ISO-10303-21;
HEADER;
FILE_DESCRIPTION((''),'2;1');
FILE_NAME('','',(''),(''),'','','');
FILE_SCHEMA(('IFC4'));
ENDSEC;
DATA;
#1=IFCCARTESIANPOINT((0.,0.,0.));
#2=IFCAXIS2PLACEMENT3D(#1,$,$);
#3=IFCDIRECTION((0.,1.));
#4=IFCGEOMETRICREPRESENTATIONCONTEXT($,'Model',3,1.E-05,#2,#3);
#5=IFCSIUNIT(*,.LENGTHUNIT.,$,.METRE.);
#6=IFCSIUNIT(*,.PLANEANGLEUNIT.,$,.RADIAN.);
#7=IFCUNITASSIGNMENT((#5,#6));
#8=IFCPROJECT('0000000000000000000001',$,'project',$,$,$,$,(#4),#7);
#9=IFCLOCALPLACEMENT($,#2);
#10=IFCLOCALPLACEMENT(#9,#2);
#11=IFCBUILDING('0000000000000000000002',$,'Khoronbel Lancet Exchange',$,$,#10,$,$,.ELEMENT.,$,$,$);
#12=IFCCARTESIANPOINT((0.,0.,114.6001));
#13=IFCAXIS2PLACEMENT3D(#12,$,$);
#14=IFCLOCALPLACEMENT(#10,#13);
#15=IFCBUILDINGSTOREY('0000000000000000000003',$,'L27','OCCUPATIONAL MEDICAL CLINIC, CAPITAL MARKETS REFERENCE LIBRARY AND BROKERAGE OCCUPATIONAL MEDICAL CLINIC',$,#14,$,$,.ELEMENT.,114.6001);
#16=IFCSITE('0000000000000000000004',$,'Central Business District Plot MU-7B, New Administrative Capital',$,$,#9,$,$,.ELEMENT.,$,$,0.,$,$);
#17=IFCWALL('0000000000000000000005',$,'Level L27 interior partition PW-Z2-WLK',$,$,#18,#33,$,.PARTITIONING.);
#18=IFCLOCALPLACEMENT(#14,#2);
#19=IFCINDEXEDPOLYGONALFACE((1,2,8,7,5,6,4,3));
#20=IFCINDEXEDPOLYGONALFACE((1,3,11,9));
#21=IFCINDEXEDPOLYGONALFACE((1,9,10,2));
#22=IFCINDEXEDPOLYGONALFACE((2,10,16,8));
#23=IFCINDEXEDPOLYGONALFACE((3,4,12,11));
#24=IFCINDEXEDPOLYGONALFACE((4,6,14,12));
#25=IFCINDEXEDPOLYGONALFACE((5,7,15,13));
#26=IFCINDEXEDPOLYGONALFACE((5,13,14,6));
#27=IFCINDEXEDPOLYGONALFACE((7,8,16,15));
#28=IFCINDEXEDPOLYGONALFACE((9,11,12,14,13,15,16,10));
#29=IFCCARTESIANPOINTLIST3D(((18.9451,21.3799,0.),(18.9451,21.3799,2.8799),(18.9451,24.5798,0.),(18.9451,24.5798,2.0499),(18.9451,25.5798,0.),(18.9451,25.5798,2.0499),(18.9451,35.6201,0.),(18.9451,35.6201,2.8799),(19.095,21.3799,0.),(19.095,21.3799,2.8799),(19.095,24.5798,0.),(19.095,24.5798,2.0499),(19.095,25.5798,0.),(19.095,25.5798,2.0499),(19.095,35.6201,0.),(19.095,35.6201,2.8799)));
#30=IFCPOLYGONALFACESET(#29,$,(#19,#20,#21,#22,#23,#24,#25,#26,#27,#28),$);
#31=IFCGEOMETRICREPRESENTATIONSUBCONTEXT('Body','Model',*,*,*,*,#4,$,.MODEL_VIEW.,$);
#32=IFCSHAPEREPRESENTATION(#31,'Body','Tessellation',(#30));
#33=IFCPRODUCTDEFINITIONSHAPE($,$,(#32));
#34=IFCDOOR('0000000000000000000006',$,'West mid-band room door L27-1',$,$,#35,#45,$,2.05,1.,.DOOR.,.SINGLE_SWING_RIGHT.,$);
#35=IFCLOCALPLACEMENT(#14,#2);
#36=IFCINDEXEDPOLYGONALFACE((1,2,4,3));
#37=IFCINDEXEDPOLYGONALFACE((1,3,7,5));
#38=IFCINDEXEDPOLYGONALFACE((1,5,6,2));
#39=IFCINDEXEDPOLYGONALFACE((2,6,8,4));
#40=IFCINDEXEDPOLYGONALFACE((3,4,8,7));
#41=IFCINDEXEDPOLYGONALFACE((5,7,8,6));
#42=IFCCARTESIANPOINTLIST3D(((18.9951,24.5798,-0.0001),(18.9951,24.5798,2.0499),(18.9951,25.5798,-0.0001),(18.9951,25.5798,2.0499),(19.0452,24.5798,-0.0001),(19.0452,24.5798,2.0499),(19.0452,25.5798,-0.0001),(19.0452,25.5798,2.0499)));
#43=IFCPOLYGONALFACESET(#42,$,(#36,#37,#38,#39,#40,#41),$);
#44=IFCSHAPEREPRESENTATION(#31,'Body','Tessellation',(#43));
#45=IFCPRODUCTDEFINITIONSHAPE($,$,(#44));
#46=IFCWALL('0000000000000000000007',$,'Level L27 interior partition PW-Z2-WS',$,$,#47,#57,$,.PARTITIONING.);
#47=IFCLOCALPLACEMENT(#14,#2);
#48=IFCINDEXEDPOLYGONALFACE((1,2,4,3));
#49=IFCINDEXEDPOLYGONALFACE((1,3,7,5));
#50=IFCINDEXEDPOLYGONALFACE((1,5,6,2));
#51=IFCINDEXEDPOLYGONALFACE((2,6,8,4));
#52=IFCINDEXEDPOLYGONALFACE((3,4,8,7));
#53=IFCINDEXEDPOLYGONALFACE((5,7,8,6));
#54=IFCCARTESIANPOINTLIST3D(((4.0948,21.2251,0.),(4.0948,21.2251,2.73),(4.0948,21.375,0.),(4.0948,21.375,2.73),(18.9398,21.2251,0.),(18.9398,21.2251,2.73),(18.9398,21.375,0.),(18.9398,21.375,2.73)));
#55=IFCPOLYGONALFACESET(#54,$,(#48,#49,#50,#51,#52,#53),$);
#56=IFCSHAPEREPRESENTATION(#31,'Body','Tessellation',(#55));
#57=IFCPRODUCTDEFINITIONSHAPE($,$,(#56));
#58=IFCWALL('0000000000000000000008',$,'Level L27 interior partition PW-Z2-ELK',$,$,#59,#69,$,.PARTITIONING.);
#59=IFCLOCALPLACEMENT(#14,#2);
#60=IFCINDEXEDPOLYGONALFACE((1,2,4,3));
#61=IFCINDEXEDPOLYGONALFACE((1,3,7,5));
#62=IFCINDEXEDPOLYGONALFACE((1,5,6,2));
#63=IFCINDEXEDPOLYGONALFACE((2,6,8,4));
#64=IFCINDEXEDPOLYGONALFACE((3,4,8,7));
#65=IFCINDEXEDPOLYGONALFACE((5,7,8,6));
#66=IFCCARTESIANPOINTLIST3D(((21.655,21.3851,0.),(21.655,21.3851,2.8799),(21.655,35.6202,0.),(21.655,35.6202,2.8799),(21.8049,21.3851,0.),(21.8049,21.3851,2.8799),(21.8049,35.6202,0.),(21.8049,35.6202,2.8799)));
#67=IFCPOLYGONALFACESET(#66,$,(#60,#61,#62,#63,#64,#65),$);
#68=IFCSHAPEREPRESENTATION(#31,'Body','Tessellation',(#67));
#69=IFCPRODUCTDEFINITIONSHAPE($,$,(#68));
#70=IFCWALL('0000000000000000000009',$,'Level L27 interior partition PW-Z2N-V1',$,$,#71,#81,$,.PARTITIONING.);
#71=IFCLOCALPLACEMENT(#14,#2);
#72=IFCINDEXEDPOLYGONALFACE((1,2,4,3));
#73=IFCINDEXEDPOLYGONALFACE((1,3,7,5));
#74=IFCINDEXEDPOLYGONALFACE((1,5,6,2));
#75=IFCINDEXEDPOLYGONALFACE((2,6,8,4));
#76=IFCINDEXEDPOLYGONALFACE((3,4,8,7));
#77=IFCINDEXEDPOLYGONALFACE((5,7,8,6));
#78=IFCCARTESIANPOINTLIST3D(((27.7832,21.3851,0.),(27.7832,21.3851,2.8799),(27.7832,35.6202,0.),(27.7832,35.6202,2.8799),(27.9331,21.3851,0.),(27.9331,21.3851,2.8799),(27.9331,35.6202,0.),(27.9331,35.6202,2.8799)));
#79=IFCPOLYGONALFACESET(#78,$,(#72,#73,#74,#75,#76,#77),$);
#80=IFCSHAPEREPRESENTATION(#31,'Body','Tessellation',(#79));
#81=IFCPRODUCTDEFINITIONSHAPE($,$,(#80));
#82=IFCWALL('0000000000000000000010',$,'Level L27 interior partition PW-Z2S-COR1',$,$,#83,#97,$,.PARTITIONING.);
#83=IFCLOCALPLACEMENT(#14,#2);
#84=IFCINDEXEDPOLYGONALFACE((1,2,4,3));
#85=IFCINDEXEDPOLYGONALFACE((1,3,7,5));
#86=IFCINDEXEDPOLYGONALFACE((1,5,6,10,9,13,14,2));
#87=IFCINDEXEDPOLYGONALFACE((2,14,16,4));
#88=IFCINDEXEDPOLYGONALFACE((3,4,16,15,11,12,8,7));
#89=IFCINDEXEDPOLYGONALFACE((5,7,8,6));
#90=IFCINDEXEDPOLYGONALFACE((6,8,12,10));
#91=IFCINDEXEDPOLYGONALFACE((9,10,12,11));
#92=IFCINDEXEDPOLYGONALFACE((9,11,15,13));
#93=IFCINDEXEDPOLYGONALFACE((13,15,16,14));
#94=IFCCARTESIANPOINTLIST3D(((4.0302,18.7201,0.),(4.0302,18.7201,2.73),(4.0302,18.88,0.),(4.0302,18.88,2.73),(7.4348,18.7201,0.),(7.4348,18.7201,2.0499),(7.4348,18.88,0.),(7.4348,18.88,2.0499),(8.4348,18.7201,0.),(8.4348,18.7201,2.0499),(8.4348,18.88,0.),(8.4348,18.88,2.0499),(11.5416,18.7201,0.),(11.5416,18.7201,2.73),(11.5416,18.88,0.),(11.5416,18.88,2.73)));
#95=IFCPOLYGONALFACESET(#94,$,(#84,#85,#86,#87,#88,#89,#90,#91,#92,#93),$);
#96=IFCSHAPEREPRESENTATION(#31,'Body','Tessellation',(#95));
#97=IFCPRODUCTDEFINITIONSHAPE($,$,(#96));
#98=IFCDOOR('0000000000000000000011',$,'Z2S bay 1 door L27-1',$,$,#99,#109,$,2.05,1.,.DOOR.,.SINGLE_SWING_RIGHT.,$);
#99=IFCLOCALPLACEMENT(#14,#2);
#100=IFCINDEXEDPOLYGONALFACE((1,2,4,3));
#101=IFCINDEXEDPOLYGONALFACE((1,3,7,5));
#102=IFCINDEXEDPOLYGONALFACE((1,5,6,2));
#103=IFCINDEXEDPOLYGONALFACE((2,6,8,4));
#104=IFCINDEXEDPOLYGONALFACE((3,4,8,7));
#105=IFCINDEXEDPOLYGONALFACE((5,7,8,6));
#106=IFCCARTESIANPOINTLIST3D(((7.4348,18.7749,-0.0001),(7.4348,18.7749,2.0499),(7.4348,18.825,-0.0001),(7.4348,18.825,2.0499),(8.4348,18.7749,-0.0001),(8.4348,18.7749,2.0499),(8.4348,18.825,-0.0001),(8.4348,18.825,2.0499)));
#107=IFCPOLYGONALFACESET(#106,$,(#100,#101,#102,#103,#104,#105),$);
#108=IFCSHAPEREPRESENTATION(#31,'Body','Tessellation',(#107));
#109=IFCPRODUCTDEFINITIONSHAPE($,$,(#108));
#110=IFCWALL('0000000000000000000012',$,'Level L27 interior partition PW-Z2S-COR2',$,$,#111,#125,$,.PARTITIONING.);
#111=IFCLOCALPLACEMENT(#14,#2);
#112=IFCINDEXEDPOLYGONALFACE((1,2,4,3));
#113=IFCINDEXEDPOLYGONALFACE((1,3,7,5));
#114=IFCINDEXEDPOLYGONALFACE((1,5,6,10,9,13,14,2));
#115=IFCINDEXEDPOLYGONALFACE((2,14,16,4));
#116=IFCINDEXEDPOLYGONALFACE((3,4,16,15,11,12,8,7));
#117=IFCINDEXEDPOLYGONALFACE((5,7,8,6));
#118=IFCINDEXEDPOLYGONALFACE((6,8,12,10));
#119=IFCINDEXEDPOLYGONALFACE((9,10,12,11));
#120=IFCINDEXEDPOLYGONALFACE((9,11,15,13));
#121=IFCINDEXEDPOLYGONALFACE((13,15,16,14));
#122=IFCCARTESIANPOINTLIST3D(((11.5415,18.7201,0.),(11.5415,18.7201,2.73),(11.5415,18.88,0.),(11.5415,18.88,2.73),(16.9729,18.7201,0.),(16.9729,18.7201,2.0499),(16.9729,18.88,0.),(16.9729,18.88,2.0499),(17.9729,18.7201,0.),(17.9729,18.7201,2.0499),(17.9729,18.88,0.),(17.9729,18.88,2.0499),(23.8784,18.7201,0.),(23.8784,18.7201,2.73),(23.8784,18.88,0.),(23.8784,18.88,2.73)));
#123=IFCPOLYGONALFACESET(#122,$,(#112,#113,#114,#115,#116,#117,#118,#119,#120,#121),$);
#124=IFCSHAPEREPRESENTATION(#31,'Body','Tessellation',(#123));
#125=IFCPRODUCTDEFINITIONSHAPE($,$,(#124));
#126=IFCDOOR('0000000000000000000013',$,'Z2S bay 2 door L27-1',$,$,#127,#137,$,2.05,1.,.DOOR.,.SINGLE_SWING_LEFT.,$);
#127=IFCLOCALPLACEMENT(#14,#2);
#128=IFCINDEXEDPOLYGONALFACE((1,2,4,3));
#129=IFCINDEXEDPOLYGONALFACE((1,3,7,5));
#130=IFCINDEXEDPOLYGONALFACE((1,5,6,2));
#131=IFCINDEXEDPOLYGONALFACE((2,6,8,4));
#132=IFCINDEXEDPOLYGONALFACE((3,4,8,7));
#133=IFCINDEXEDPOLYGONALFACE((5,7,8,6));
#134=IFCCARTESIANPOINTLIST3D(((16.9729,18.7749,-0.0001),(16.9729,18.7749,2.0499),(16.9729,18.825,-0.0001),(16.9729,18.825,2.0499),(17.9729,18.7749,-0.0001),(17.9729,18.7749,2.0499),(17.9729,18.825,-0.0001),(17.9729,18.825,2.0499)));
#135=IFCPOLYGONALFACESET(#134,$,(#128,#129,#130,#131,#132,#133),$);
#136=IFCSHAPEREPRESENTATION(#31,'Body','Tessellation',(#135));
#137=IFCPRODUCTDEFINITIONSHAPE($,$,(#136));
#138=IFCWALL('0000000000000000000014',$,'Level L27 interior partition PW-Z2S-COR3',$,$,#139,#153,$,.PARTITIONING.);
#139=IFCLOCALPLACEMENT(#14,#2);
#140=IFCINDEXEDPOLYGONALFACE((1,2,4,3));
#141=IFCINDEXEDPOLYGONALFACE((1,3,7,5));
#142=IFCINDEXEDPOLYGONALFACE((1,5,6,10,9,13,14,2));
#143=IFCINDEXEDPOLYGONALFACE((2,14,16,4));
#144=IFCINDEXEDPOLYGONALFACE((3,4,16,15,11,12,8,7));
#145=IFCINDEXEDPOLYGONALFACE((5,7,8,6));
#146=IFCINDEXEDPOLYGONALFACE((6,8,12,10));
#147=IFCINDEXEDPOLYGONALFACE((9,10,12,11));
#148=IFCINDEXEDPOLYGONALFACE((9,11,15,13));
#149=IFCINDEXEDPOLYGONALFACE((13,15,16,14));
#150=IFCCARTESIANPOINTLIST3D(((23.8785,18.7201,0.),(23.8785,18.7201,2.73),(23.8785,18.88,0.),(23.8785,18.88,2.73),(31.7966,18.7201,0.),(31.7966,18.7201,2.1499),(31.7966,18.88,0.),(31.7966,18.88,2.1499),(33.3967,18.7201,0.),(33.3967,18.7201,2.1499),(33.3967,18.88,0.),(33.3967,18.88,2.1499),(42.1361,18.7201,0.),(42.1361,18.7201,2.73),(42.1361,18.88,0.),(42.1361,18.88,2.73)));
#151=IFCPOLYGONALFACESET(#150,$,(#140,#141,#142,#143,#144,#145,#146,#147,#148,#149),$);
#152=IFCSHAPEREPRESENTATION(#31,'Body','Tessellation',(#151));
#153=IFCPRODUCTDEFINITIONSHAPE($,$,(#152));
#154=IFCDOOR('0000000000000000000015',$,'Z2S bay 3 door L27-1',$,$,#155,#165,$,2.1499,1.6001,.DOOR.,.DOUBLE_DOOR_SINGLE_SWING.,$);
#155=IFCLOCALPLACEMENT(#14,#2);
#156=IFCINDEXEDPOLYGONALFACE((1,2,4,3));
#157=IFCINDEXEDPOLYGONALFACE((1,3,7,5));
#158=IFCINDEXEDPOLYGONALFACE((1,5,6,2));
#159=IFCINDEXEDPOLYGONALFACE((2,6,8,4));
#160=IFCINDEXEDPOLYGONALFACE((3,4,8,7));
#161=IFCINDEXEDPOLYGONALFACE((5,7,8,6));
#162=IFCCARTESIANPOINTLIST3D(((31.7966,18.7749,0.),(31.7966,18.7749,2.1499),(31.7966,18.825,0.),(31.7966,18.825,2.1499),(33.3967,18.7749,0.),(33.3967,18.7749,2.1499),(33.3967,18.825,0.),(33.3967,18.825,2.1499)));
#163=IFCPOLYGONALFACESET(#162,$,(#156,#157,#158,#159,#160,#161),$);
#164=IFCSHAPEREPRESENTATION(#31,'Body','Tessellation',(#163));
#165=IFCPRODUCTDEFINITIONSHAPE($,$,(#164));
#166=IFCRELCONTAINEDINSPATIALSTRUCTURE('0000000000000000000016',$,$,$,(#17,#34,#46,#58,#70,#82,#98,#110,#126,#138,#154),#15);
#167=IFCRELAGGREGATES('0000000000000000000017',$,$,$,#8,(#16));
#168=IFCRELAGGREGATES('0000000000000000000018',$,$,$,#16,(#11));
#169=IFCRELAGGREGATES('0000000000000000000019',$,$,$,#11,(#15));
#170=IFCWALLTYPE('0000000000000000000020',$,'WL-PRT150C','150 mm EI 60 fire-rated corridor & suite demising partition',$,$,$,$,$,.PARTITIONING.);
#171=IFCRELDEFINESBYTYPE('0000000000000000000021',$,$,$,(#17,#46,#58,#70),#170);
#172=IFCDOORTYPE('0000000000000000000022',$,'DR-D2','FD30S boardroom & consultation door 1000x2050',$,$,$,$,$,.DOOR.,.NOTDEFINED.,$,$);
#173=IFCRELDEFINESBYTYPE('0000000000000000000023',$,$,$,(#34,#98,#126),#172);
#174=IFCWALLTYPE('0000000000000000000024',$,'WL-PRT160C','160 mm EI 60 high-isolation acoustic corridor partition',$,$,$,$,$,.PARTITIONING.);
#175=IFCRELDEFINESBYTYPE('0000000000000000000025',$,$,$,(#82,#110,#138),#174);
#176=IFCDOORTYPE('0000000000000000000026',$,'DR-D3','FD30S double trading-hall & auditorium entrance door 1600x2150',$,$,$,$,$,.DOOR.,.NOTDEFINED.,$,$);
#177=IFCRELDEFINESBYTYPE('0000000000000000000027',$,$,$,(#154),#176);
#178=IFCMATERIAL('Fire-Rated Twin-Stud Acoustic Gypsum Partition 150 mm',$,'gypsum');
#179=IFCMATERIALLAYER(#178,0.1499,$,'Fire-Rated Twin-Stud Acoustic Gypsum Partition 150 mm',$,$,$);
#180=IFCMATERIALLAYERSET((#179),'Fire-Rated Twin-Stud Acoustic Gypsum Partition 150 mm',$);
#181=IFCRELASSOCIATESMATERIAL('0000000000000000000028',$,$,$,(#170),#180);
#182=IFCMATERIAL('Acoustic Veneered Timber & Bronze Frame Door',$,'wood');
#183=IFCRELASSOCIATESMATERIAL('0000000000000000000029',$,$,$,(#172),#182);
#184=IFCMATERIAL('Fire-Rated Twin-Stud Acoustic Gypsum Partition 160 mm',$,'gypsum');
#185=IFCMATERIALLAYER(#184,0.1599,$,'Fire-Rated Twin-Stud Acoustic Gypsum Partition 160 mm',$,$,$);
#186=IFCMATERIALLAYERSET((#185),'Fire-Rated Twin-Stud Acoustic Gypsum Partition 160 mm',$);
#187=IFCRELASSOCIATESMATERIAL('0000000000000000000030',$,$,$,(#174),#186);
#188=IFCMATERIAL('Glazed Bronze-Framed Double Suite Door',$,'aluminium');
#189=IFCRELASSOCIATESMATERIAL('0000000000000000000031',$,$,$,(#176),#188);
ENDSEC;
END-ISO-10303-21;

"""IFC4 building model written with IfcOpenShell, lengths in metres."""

from ifc_helpers import new_model, si_unit, direction, frame, frame_2d, origin, place, context, subcontext, project, spatial, rectangle, extrude, material, layer, layer_set, type_object, element, fill, save


model = new_model("IFC4")

# Units and contexts
model_context = context("Model", 3, precision=1e-05, world=origin(), true_north=direction((0.0, 1.0)))
body_context = subcontext(model_context, "Body", "Model", "MODEL_VIEW")
ifc_project = project(units=[si_unit("LENGTHUNIT", "METRE"), si_unit("PLANEANGLEUNIT", "RADIAN")], contexts=[model_context])

# Site, building, storey
site_placement = place(None, origin())
site = spatial("IfcSite", under=ifc_project, at=site_placement, Name="Central Business District Plot MU-7B, New Administrative Capital", CompositionType="ELEMENT", RefElevation=0.0)
building_placement = place(site_placement, origin())
building = spatial("IfcBuilding", under=site, at=building_placement, Name="Khoronbel Lancet Exchange", CompositionType="ELEMENT")
storey_placement = place(building_placement, frame((0.0, 0.0, 114.6001)))
storey = spatial("IfcBuildingStorey", under=building, at=storey_placement, Name="L27", Description="OCCUPATIONAL MEDICAL CLINIC, CAPITAL MARKETS REFERENCE LIBRARY AND BROKERAGE OCCUPATIONAL MEDICAL CLINIC", CompositionType="ELEMENT", Elevation=114.6001)

# Wall, opening, door
ifc_material_1 = material(Name="Fire-Rated Twin-Stud Acoustic Gypsum Partition 150 mm", Category="gypsum")
ifc_layer_1 = layer(ifc_material_1, 0.1499, Name="Fire-Rated Twin-Stud Acoustic Gypsum Partition 150 mm")
ifc_layer_set_1 = layer_set([ifc_layer_1], Name="Fire-Rated Twin-Stud Acoustic Gypsum Partition 150 mm")
wall_type_1 = type_object("IfcWallType", Name="WL-PRT150C", Description="150 mm EI 60 fire-rated corridor & suite demising partition", PredefinedType="PARTITIONING", material=ifc_layer_set_1)
wall_1_placement = place(storey_placement, frame((19.02, 21.3799, 0.0), z_axis=(0.0, 0.0, 1.0), x_axis=(0.0, 1.0, 0.0)))
wall_1 = element("IfcWall", 1, at=wall_1_placement, inside=storey, type_object=wall_type_1, Name="Level L27 interior partition PW-Z2-WLK", PredefinedType="PARTITIONING", context=body_context, shape_type="SweptSolid", body=[
    extrude(rectangle(XDim=14.2402, YDim=0.1499, at=frame_2d((7.1201, 0.0))), origin(), (0.0, 0.0, 1.0), 2.8799),
])
opening_1_placement = place(wall_1_placement, frame((3.2, 0.0, 0.0)))
opening_1 = element("IfcOpeningElement", 2, at=opening_1_placement, cuts=wall_1, PredefinedType="OPENING", context=body_context, shape_type="SweptSolid", body=[
    extrude(rectangle(XDim=1.0, YDim=2.05, at=frame_2d((0.5, 1.0249))), frame((0.0, 0.085, 0.0), z_axis=(0.0, -1.0, 0.0), x_axis=(1.0, 0.0, 0.0)), (0.0, 0.0, 1.0), 0.1699),
])
ifc_material_2 = material(Name="Acoustic Veneered Timber & Bronze Frame Door", Category="wood")
door_type_1 = type_object("IfcDoorType", Name="DR-D2", Description="FD30S boardroom & consultation door 1000x2050", OperationType="NOTDEFINED", PredefinedType="DOOR", material=ifc_material_2)
door_1_placement = place(opening_1_placement, origin())
door_1 = element("IfcDoor", 3, at=door_1_placement, inside=storey, type_object=door_type_1, Name="West mid-band room door L27-1", OperationType="SINGLE_SWING_RIGHT", OverallHeight=2.05, OverallWidth=1.0, PredefinedType="DOOR", context=body_context, shape_type="SweptSolid", body=[
    extrude(rectangle(XDim=1.0, YDim=2.05, at=frame_2d((0.5, 1.0249))), frame((0.0, 0.0249, 0.0), z_axis=(0.0, -1.0, 0.0), x_axis=(1.0, 0.0, 0.0)), (0.0, 0.0, 1.0), 0.05),
])
fill(opening_1, door_1)

# Walls
wall_2_placement = place(storey_placement, frame((4.095, 21.3, 0.0), z_axis=(0.0, 0.0, 1.0), x_axis=(1.0, 0.0, 0.0)))
element("IfcWall", 4, at=wall_2_placement, inside=storey, type_object=wall_type_1, Name="Level L27 interior partition PW-Z2-WS", PredefinedType="PARTITIONING", context=body_context, shape_type="SweptSolid", body=[
    extrude(rectangle(XDim=14.845, YDim=0.1499, at=frame_2d((7.4224, 0.0))), origin(), (0.0, 0.0, 1.0), 2.73),
])
for number, where, z_axis, x_axis, name in (
    (5, (21.73, 21.385, 0.0), (0.0, 0.0, 1.0), (0.0, 1.0, 0.0), "Level L27 interior partition PW-Z2-ELK"),
    (6, (27.8582, 21.385, 0.0), (0.0, 0.0, 1.0), (0.0, 1.0, 0.0), "Level L27 interior partition PW-Z2N-V1"),
):
    element("IfcWall", number, at=place(storey_placement, frame(where, z_axis=z_axis, x_axis=x_axis)), inside=storey, type_object=wall_type_1, Name=name, PredefinedType="PARTITIONING", context=body_context, shape_type="SweptSolid", body=[
        extrude(rectangle(XDim=14.2351, YDim=0.1499, at=frame_2d((7.1177, 0.0))), origin(), (0.0, 0.0, 1.0), 2.8799),
    ])

# Walls, openings, doors
ifc_material_3 = material(Name="Fire-Rated Twin-Stud Acoustic Gypsum Partition 160 mm", Category="gypsum")
ifc_layer_2 = layer(ifc_material_3, 0.1599, Name="Fire-Rated Twin-Stud Acoustic Gypsum Partition 160 mm")
ifc_layer_set_2 = layer_set([ifc_layer_2], Name="Fire-Rated Twin-Stud Acoustic Gypsum Partition 160 mm")
wall_type_2 = type_object("IfcWallType", Name="WL-PRT160C", Description="160 mm EI 60 high-isolation acoustic corridor partition", PredefinedType="PARTITIONING", material=ifc_layer_set_2)
wall_3_placement = place(storey_placement, frame((4.03, 18.8, 0.0), z_axis=(0.0, 0.0, 1.0), x_axis=(1.0, 0.0, 0.0)))
wall_3 = element("IfcWall", 7, at=wall_3_placement, inside=storey, type_object=wall_type_2, Name="Level L27 interior partition PW-Z2S-COR1", PredefinedType="PARTITIONING", context=body_context, shape_type="SweptSolid", body=[
    extrude(rectangle(XDim=7.5115, YDim=0.1599, at=frame_2d((3.7559, 0.0))), origin(), (0.0, 0.0, 1.0), 2.73),
])
opening_2_placement = place(wall_3_placement, frame((3.4048, 0.0, 0.0)))
opening_2 = element("IfcOpeningElement", 8, at=opening_2_placement, cuts=wall_3, PredefinedType="OPENING", context=body_context, shape_type="SweptSolid", body=[
    extrude(rectangle(XDim=1.0, YDim=2.05, at=frame_2d((0.5, 1.0249))), frame((0.0, 0.0898, 0.0), z_axis=(0.0, -1.0, 0.0), x_axis=(1.0, 0.0, 0.0)), (0.0, 0.0, 1.0), 0.1799),
])
door_2_placement = place(opening_2_placement, origin())
door_2 = element("IfcDoor", 9, at=door_2_placement, inside=storey, type_object=door_type_1, Name="Z2S bay 1 door L27-1", OperationType="SINGLE_SWING_RIGHT", OverallHeight=2.05, OverallWidth=1.0, PredefinedType="DOOR", context=body_context, shape_type="SweptSolid", body=[
    extrude(rectangle(XDim=1.0, YDim=2.05, at=frame_2d((0.5, 1.0249))), frame((0.0, 0.0249, 0.0), z_axis=(0.0, -1.0, 0.0), x_axis=(1.0, 0.0, 0.0)), (0.0, 0.0, 1.0), 0.05),
])
fill(opening_2, door_2)
wall_4_placement = place(storey_placement, frame((11.5415, 18.8, 0.0), z_axis=(0.0, 0.0, 1.0), x_axis=(1.0, 0.0, 0.0)))
wall_4 = element("IfcWall", 10, at=wall_4_placement, inside=storey, type_object=wall_type_2, Name="Level L27 interior partition PW-Z2S-COR2", PredefinedType="PARTITIONING", context=body_context, shape_type="SweptSolid", body=[
    extrude(rectangle(XDim=12.3369, YDim=0.1599, at=frame_2d((6.1685, 0.0))), origin(), (0.0, 0.0, 1.0), 2.73),
])
opening_3_placement = place(wall_4_placement, frame((5.4314, 0.0, 0.0)))
opening_3 = element("IfcOpeningElement", 11, at=opening_3_placement, cuts=wall_4, PredefinedType="OPENING", context=body_context, shape_type="SweptSolid", body=[
    extrude(rectangle(XDim=1.0, YDim=2.05, at=frame_2d((0.5, 1.0249))), frame((0.0, 0.0898, 0.0), z_axis=(0.0, -1.0, 0.0), x_axis=(1.0, 0.0, 0.0)), (0.0, 0.0, 1.0), 0.1799),
])
door_3_placement = place(opening_3_placement, origin())
door_3 = element("IfcDoor", 12, at=door_3_placement, inside=storey, type_object=door_type_1, Name="Z2S bay 2 door L27-1", OperationType="SINGLE_SWING_LEFT", OverallHeight=2.05, OverallWidth=1.0, PredefinedType="DOOR", context=body_context, shape_type="SweptSolid", body=[
    extrude(rectangle(XDim=1.0, YDim=2.05, at=frame_2d((0.5, 1.0249))), frame((0.0, 0.0249, 0.0), z_axis=(0.0, -1.0, 0.0), x_axis=(1.0, 0.0, 0.0)), (0.0, 0.0, 1.0), 0.05),
])
fill(opening_3, door_3)
wall_5_placement = place(storey_placement, frame((23.8784, 18.8, 0.0), z_axis=(0.0, 0.0, 1.0), x_axis=(1.0, 0.0, 0.0)))
wall_5 = element("IfcWall", 13, at=wall_5_placement, inside=storey, type_object=wall_type_2, Name="Level L27 interior partition PW-Z2S-COR3", PredefinedType="PARTITIONING", context=body_context, shape_type="SweptSolid", body=[
    extrude(rectangle(XDim=18.2576, YDim=0.1599, at=frame_2d((9.1289, 0.0))), origin(), (0.0, 0.0, 1.0), 2.73),
])
opening_4_placement = place(wall_5_placement, frame((7.9182, 0.0, 0.0)))
opening_4 = element("IfcOpeningElement", 14, at=opening_4_placement, cuts=wall_5, PredefinedType="OPENING", context=body_context, shape_type="SweptSolid", body=[
    extrude(rectangle(XDim=1.6001, YDim=2.1499, at=frame_2d((0.8, 1.075))), frame((0.0, 0.0898, 0.0), z_axis=(0.0, -1.0, 0.0), x_axis=(1.0, 0.0, 0.0)), (0.0, 0.0, 1.0), 0.1799),
])
ifc_material_4 = material(Name="Glazed Bronze-Framed Double Suite Door", Category="aluminium")
door_type_2 = type_object("IfcDoorType", Name="DR-D3", Description="FD30S double trading-hall & auditorium entrance door 1600x2150", OperationType="NOTDEFINED", PredefinedType="DOOR", material=ifc_material_4)
door_4_placement = place(opening_4_placement, origin())
door_4 = element("IfcDoor", 15, at=door_4_placement, inside=storey, type_object=door_type_2, Name="Z2S bay 3 door L27-1", OperationType="DOUBLE_DOOR_SINGLE_SWING", OverallHeight=2.1499, OverallWidth=1.6001, PredefinedType="DOOR", context=body_context, shape_type="SweptSolid", body=[
    extrude(rectangle(XDim=1.6001, YDim=2.1499, at=frame_2d((0.8, 1.075))), frame((0.0, 0.0249, 0.0), z_axis=(0.0, -1.0, 0.0), x_axis=(1.0, 0.0, 0.0)), (0.0, 0.0, 1.0), 0.05),
])
fill(opening_4, door_4)

save(model, "model.ifc")
